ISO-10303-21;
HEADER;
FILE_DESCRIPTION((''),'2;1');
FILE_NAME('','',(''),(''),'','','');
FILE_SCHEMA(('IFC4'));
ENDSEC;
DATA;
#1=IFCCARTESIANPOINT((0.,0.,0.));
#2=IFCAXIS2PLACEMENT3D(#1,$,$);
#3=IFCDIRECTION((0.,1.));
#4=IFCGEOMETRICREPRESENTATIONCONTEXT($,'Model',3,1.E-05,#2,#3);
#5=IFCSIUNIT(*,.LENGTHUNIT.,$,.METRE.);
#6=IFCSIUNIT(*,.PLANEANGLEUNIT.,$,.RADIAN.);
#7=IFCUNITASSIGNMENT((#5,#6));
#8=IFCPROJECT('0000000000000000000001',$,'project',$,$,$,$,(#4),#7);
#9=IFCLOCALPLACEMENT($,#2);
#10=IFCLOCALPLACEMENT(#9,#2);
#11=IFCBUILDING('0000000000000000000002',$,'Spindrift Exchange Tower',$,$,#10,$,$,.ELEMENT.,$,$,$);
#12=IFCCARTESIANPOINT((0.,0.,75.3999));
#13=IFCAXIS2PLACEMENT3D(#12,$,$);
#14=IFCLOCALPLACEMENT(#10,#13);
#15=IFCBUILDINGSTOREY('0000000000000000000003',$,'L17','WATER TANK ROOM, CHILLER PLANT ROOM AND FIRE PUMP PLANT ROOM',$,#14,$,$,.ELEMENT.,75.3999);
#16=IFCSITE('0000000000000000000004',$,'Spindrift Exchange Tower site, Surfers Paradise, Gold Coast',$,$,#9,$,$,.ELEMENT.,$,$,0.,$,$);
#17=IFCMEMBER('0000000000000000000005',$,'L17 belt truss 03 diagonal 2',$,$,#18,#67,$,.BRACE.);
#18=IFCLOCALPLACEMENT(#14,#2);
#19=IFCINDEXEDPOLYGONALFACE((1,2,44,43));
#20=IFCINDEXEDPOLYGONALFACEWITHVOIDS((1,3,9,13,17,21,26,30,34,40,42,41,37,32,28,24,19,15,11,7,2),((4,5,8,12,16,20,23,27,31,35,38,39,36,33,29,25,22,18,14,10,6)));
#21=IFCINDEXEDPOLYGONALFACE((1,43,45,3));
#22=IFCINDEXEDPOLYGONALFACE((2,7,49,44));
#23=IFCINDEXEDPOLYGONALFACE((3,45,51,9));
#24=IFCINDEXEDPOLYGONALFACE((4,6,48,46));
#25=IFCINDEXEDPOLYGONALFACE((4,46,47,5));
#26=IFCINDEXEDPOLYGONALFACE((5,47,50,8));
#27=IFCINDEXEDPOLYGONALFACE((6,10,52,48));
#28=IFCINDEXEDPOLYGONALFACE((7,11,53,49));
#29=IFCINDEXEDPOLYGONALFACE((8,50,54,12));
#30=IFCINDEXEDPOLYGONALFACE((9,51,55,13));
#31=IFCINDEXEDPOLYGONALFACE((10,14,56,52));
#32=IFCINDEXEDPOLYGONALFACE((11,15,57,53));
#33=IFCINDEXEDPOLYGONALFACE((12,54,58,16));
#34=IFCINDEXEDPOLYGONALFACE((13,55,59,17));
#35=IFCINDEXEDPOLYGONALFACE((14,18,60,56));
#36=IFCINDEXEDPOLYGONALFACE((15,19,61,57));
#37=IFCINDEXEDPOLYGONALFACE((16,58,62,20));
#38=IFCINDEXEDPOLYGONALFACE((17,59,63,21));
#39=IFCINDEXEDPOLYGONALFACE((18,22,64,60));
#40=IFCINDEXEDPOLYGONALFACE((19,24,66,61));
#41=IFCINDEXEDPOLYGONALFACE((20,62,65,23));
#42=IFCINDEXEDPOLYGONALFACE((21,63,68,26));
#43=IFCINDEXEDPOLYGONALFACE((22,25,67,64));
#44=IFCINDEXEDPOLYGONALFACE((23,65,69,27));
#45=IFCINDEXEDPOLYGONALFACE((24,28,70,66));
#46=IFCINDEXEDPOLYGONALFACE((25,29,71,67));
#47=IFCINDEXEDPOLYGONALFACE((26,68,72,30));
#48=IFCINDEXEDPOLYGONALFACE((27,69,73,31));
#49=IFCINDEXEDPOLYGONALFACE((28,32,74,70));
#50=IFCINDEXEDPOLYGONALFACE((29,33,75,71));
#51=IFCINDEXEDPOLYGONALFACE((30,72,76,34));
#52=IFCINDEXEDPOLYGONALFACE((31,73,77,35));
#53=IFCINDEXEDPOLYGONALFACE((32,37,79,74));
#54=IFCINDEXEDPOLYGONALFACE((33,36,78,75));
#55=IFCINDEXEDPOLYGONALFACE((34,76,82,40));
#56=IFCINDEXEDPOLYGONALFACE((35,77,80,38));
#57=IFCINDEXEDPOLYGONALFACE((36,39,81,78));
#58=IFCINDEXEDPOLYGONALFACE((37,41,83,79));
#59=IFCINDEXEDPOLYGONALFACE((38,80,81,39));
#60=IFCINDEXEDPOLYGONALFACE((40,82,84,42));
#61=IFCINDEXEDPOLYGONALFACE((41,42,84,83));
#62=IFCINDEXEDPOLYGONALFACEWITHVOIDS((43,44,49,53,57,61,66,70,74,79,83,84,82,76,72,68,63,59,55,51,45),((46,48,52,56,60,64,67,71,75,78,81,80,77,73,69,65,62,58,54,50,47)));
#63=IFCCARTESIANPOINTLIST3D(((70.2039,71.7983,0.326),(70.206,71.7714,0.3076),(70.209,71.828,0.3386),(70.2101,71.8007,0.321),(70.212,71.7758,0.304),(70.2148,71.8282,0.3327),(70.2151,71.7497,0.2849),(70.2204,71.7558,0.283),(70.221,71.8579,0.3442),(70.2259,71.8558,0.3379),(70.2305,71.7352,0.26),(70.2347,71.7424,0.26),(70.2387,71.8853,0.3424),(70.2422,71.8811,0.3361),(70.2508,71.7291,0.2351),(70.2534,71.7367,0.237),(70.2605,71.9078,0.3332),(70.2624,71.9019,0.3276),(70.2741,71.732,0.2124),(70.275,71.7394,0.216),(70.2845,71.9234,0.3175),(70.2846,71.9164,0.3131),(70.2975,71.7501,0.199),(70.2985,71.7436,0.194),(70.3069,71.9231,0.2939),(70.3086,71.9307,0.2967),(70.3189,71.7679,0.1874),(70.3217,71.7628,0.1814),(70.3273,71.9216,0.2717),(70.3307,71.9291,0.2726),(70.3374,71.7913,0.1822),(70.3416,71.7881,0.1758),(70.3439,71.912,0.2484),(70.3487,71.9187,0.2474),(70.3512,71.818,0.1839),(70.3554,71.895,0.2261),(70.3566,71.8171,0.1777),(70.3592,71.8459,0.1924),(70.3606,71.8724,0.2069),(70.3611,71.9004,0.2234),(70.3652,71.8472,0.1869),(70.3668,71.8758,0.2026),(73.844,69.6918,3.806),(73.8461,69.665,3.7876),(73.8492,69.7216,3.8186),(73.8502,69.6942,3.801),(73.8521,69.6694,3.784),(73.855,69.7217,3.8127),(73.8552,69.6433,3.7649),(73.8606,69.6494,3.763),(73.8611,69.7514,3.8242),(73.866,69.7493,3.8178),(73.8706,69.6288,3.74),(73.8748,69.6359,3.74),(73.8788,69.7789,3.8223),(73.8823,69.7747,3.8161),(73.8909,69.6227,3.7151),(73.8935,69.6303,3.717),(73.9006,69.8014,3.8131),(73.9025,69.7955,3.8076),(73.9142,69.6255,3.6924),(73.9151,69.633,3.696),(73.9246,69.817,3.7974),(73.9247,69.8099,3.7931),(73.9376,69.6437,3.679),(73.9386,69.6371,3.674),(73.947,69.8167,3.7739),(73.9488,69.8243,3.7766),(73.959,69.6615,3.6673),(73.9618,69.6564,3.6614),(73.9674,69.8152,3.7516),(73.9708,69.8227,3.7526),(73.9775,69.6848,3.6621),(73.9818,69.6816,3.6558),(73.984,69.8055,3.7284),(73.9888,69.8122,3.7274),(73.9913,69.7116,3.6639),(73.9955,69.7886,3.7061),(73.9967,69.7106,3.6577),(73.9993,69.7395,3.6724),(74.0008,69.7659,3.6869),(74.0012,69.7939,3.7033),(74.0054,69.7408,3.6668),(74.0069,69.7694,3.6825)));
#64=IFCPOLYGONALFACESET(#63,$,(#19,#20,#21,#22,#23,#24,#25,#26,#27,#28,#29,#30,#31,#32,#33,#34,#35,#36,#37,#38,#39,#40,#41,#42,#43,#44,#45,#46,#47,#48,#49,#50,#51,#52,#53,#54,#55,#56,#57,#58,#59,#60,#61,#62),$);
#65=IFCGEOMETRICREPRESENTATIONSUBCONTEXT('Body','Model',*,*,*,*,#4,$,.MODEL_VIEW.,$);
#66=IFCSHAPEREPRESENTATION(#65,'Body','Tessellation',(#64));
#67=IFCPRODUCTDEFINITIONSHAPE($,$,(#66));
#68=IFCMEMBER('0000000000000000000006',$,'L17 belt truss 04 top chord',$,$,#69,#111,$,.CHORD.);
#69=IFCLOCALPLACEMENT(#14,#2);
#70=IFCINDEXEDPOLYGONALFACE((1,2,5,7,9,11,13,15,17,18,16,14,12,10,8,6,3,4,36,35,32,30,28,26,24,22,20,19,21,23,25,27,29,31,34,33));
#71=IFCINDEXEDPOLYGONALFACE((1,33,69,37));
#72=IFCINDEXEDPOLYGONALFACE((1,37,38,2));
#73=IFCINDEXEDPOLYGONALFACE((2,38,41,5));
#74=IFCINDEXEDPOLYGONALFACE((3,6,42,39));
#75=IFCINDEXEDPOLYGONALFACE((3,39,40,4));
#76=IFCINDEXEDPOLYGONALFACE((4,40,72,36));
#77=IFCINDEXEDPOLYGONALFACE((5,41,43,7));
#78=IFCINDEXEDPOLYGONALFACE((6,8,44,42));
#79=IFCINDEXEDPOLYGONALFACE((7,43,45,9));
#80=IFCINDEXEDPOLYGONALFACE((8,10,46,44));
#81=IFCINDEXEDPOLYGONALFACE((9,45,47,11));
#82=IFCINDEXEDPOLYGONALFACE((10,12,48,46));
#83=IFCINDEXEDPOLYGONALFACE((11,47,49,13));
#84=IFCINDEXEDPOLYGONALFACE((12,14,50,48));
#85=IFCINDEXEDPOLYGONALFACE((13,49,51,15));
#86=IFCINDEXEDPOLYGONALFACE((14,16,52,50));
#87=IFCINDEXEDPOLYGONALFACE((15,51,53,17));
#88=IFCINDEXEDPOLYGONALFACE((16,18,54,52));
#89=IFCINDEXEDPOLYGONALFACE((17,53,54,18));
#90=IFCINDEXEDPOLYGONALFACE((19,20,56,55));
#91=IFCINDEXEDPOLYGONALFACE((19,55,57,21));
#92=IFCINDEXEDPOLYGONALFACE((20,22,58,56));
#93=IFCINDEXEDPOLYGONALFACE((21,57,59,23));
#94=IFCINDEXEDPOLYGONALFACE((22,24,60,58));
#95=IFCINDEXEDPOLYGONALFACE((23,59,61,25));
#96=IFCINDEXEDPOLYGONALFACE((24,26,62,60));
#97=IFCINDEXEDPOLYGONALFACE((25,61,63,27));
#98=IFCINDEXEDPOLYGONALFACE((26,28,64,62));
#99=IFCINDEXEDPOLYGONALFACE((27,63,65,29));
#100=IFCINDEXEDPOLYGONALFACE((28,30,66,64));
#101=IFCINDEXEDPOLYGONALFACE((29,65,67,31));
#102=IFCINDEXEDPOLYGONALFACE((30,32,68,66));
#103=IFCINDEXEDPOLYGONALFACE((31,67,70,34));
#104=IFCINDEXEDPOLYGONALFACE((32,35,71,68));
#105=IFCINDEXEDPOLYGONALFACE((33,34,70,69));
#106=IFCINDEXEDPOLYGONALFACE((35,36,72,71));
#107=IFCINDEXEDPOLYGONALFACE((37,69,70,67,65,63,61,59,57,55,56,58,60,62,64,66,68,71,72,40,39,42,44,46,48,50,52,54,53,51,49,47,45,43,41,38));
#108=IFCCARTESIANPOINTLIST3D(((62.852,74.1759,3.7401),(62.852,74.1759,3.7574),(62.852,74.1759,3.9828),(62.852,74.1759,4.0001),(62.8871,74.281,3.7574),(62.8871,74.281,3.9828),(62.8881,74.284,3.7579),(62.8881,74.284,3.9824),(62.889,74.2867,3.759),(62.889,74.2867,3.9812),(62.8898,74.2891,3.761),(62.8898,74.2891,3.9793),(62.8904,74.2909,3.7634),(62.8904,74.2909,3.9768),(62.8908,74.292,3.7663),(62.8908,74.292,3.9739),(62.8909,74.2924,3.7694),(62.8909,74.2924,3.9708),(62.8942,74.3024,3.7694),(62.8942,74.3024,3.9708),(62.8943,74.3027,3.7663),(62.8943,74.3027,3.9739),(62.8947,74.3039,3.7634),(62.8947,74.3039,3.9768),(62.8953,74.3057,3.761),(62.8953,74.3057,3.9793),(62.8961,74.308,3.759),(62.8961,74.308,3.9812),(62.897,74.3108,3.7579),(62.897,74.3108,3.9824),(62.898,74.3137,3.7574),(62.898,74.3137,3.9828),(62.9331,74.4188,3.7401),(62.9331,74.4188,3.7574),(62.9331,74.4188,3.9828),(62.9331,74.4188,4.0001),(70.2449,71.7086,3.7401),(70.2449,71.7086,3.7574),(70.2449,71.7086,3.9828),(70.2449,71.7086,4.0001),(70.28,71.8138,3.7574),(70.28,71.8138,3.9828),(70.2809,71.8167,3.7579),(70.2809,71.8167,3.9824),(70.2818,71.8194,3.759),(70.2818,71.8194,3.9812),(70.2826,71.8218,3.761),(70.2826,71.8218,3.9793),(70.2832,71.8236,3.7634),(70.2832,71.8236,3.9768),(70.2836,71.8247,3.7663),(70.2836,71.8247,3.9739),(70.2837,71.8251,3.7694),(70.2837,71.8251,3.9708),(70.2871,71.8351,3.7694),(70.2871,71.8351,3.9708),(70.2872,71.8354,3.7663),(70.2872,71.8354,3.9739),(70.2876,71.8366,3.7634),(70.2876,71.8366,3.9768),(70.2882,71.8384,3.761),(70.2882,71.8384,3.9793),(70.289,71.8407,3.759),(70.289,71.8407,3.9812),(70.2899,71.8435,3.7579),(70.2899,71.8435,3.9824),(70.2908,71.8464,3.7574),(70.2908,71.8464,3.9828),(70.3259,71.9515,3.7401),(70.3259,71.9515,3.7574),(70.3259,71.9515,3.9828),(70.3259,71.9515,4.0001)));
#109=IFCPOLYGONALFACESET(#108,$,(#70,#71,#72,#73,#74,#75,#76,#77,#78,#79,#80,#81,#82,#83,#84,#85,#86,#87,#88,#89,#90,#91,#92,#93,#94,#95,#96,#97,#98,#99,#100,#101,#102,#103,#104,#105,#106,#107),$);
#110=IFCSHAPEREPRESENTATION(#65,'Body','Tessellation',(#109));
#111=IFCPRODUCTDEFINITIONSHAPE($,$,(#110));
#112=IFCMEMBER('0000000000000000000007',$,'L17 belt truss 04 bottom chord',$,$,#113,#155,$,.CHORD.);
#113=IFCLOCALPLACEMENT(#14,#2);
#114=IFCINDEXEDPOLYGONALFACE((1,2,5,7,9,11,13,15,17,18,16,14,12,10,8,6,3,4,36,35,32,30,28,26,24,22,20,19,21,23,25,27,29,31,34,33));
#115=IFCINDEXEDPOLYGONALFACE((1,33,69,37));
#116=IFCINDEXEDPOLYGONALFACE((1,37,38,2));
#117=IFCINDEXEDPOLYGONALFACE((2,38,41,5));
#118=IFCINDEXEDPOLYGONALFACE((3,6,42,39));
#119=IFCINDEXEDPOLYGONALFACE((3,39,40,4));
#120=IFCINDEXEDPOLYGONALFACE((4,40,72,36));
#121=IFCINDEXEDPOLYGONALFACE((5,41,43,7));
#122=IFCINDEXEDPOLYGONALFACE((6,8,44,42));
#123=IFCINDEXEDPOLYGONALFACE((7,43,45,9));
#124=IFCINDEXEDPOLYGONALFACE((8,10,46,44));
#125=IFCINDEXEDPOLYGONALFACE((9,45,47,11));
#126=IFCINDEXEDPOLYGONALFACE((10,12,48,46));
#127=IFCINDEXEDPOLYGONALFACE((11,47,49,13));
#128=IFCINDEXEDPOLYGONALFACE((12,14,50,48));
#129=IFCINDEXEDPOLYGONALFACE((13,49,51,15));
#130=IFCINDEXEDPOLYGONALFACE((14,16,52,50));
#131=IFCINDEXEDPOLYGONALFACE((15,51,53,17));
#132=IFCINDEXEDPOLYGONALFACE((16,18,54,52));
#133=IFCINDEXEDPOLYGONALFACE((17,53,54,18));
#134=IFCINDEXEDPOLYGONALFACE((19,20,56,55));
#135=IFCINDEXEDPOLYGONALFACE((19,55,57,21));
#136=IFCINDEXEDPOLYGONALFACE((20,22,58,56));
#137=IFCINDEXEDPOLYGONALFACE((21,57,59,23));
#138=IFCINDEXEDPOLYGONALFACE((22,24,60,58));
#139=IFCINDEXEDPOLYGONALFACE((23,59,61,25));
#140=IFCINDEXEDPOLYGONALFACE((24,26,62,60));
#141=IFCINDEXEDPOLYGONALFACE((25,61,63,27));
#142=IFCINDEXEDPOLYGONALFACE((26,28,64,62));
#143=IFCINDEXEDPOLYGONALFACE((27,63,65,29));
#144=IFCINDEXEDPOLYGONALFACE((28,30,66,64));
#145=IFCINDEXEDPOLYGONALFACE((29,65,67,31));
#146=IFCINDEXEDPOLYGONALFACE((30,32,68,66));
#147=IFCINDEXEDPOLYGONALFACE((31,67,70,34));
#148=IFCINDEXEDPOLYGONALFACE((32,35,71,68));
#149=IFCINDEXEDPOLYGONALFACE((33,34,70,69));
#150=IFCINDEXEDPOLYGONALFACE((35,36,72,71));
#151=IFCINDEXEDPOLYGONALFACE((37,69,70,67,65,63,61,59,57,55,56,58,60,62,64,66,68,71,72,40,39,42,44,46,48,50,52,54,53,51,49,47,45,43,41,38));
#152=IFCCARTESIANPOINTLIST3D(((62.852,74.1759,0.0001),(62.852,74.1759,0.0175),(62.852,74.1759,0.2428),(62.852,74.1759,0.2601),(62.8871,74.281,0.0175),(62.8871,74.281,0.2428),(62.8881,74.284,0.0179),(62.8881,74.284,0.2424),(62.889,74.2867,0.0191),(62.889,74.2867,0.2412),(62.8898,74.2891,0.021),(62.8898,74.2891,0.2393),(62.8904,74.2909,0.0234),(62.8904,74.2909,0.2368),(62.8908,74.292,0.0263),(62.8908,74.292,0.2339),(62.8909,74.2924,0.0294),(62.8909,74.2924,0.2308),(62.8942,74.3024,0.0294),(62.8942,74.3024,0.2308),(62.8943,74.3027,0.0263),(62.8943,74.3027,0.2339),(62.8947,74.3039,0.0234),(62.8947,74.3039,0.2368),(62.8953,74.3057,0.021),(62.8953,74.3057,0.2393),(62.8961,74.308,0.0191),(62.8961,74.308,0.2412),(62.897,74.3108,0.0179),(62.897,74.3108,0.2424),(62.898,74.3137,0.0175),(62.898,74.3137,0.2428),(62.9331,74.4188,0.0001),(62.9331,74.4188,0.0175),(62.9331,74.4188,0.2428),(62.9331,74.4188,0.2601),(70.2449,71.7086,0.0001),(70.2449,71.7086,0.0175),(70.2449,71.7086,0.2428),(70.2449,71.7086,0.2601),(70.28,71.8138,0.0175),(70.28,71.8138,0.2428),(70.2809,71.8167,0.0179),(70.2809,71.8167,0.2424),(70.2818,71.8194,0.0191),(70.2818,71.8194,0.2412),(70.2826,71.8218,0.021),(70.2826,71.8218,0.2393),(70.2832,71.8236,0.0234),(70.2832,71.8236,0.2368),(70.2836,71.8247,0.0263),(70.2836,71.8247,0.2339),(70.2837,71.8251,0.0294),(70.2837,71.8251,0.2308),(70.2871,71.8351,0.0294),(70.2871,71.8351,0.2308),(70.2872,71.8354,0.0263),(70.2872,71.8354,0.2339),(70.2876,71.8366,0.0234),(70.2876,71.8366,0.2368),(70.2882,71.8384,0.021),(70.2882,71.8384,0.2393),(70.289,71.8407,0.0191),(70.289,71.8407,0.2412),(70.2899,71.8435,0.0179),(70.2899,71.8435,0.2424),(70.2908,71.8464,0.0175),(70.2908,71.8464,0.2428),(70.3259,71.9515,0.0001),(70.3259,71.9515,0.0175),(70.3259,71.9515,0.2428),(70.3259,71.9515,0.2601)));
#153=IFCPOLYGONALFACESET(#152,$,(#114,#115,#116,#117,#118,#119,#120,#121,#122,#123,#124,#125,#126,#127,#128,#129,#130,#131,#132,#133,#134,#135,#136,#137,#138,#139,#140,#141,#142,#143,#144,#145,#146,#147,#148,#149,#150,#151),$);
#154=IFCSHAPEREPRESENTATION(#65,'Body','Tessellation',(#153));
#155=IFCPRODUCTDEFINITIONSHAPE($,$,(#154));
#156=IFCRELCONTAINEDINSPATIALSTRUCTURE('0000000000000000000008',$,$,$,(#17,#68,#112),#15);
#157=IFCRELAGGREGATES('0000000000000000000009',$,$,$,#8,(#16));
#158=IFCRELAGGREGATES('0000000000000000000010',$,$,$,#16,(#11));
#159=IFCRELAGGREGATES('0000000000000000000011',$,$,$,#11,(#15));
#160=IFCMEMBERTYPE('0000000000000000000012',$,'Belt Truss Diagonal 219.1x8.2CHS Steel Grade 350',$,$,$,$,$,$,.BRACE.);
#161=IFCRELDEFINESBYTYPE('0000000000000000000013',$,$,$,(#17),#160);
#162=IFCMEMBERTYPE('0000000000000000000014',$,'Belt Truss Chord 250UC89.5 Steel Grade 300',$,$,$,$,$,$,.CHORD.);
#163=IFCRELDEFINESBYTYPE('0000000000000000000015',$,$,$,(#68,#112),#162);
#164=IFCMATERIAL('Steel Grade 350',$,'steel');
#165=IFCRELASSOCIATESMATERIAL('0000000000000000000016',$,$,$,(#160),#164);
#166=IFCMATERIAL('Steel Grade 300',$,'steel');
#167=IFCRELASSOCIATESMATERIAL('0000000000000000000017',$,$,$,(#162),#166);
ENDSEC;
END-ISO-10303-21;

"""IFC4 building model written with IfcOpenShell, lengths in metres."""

from ifc_helpers import new_model, si_unit, direction, frame, origin, origin_2d, place, context, subcontext, project, spatial, hollow_circle, i_section, extrude, source, transform, mapped, material, material_profile, profile_set, type_object, element, save


model = new_model("IFC4")

# Units and contexts
model_context = context("Model", 3, precision=1e-05, world=origin(), true_north=direction((0.0, 1.0)))
body_context = subcontext(model_context, "Body", "Model", "MODEL_VIEW")
ifc_project = project(units=[si_unit("LENGTHUNIT", "METRE"), si_unit("PLANEANGLEUNIT", "RADIAN")], contexts=[model_context])

# Site, building, storey
site_placement = place(None, origin())
site = spatial("IfcSite", under=ifc_project, at=site_placement, Name="Spindrift Exchange Tower site, Surfers Paradise, Gold Coast", CompositionType="ELEMENT", RefElevation=0.0)
building_placement = place(site_placement, origin())
building = spatial("IfcBuilding", under=site, at=building_placement, Name="Spindrift Exchange Tower", CompositionType="ELEMENT")
storey_placement = place(building_placement, frame((0.0, 0.0, 75.3999)))
storey = spatial("IfcBuildingStorey", under=building, at=storey_placement, Name="L17", Description="WATER TANK ROOM, CHILLER PLANT ROOM AND FIRE PUMP PLANT ROOM", CompositionType="ELEMENT", Elevation=75.3999)

# Shared definitions
ifc_material_1 = material(Name="Steel Grade 300", Category="steel")

# Members
ifc_material_2 = material(Name="Steel Grade 350", Category="steel")
ifc_material_profile_1 = material_profile(ifc_material_2, hollow_circle(Radius=0.1096, WallThickness=0.0083, at=origin_2d()), Name="219.1x8.2CHS")
ifc_profile_set_1 = profile_set([ifc_material_profile_1], Name="Steel Grade 350")
member_type_1 = type_object("IfcMemberType", Name="Belt Truss Diagonal 219.1x8.2CHS Steel Grade 350", PredefinedType="BRACE", material=ifc_profile_set_1)
shared_shape_1 = source(origin(), body_context, "Body", "SweptSolid", [
    extrude(hollow_circle(Radius=0.1096, WallThickness=0.0083, at=origin_2d()), origin(), (0.0, 0.0, 1.0), 5.4587),
])
member_1_placement = place(storey_placement, frame((73.9255, 69.7236, 3.74), z_axis=(-0.666844, 0.385884, -0.637505), x_axis=(-0.500858, -0.86553, 0.0)))
element("IfcMember", 1, at=member_1_placement, inside=storey, type_object=member_type_1, Name="L17 belt truss 03 diagonal 2", PredefinedType="BRACE", context=body_context, shape_type="MappedRepresentation", body=[
    mapped(shared_shape_1, transform((0.0, 0.0, 0.0), scale=1.0)),
])
ifc_material_profile_2 = material_profile(ifc_material_1, i_section(OverallWidth=0.2561, OverallDepth=0.26, WebThickness=0.0105, FlangeThickness=0.0173, FilletRadius=0.012, at=origin_2d()), Name="250UC89.5")
ifc_profile_set_2 = profile_set([ifc_material_profile_2], Name="Steel Grade 300")
member_type_2 = type_object("IfcMemberType", Name="Belt Truss Chord 250UC89.5 Steel Grade 300", PredefinedType="CHORD", material=ifc_profile_set_2)
shared_shape_2 = source(origin(), body_context, "Body", "SweptSolid", [
    extrude(i_section(OverallWidth=0.2561, OverallDepth=0.26, WebThickness=0.0105, FlangeThickness=0.0173, FilletRadius=0.012, at=origin_2d()), origin(), (0.0, 0.0, 1.0), 7.7937),
])
for number, where, z_axis, x_axis, name in (
    (2, (70.2854, 71.8301, 3.8701), (-0.948567, 0.316575, 0.0), (-0.316575, -0.948567, 0.0), "L17 belt truss 04 top chord"),
    (3, (70.2854, 71.8301, 0.1301), (-0.948567, 0.316575, 0.0), (-0.316575, -0.948567, 0.0), "L17 belt truss 04 bottom chord"),
):
    element("IfcMember", number, at=place(storey_placement, frame(where, z_axis=z_axis, x_axis=x_axis)), inside=storey, type_object=member_type_2, Name=name, PredefinedType="CHORD", context=body_context, shape_type="MappedRepresentation", body=[
        mapped(shared_shape_2, transform((0.0, 0.0, 0.0), scale=1.0)),
    ])

save(model, "model.ifc")
